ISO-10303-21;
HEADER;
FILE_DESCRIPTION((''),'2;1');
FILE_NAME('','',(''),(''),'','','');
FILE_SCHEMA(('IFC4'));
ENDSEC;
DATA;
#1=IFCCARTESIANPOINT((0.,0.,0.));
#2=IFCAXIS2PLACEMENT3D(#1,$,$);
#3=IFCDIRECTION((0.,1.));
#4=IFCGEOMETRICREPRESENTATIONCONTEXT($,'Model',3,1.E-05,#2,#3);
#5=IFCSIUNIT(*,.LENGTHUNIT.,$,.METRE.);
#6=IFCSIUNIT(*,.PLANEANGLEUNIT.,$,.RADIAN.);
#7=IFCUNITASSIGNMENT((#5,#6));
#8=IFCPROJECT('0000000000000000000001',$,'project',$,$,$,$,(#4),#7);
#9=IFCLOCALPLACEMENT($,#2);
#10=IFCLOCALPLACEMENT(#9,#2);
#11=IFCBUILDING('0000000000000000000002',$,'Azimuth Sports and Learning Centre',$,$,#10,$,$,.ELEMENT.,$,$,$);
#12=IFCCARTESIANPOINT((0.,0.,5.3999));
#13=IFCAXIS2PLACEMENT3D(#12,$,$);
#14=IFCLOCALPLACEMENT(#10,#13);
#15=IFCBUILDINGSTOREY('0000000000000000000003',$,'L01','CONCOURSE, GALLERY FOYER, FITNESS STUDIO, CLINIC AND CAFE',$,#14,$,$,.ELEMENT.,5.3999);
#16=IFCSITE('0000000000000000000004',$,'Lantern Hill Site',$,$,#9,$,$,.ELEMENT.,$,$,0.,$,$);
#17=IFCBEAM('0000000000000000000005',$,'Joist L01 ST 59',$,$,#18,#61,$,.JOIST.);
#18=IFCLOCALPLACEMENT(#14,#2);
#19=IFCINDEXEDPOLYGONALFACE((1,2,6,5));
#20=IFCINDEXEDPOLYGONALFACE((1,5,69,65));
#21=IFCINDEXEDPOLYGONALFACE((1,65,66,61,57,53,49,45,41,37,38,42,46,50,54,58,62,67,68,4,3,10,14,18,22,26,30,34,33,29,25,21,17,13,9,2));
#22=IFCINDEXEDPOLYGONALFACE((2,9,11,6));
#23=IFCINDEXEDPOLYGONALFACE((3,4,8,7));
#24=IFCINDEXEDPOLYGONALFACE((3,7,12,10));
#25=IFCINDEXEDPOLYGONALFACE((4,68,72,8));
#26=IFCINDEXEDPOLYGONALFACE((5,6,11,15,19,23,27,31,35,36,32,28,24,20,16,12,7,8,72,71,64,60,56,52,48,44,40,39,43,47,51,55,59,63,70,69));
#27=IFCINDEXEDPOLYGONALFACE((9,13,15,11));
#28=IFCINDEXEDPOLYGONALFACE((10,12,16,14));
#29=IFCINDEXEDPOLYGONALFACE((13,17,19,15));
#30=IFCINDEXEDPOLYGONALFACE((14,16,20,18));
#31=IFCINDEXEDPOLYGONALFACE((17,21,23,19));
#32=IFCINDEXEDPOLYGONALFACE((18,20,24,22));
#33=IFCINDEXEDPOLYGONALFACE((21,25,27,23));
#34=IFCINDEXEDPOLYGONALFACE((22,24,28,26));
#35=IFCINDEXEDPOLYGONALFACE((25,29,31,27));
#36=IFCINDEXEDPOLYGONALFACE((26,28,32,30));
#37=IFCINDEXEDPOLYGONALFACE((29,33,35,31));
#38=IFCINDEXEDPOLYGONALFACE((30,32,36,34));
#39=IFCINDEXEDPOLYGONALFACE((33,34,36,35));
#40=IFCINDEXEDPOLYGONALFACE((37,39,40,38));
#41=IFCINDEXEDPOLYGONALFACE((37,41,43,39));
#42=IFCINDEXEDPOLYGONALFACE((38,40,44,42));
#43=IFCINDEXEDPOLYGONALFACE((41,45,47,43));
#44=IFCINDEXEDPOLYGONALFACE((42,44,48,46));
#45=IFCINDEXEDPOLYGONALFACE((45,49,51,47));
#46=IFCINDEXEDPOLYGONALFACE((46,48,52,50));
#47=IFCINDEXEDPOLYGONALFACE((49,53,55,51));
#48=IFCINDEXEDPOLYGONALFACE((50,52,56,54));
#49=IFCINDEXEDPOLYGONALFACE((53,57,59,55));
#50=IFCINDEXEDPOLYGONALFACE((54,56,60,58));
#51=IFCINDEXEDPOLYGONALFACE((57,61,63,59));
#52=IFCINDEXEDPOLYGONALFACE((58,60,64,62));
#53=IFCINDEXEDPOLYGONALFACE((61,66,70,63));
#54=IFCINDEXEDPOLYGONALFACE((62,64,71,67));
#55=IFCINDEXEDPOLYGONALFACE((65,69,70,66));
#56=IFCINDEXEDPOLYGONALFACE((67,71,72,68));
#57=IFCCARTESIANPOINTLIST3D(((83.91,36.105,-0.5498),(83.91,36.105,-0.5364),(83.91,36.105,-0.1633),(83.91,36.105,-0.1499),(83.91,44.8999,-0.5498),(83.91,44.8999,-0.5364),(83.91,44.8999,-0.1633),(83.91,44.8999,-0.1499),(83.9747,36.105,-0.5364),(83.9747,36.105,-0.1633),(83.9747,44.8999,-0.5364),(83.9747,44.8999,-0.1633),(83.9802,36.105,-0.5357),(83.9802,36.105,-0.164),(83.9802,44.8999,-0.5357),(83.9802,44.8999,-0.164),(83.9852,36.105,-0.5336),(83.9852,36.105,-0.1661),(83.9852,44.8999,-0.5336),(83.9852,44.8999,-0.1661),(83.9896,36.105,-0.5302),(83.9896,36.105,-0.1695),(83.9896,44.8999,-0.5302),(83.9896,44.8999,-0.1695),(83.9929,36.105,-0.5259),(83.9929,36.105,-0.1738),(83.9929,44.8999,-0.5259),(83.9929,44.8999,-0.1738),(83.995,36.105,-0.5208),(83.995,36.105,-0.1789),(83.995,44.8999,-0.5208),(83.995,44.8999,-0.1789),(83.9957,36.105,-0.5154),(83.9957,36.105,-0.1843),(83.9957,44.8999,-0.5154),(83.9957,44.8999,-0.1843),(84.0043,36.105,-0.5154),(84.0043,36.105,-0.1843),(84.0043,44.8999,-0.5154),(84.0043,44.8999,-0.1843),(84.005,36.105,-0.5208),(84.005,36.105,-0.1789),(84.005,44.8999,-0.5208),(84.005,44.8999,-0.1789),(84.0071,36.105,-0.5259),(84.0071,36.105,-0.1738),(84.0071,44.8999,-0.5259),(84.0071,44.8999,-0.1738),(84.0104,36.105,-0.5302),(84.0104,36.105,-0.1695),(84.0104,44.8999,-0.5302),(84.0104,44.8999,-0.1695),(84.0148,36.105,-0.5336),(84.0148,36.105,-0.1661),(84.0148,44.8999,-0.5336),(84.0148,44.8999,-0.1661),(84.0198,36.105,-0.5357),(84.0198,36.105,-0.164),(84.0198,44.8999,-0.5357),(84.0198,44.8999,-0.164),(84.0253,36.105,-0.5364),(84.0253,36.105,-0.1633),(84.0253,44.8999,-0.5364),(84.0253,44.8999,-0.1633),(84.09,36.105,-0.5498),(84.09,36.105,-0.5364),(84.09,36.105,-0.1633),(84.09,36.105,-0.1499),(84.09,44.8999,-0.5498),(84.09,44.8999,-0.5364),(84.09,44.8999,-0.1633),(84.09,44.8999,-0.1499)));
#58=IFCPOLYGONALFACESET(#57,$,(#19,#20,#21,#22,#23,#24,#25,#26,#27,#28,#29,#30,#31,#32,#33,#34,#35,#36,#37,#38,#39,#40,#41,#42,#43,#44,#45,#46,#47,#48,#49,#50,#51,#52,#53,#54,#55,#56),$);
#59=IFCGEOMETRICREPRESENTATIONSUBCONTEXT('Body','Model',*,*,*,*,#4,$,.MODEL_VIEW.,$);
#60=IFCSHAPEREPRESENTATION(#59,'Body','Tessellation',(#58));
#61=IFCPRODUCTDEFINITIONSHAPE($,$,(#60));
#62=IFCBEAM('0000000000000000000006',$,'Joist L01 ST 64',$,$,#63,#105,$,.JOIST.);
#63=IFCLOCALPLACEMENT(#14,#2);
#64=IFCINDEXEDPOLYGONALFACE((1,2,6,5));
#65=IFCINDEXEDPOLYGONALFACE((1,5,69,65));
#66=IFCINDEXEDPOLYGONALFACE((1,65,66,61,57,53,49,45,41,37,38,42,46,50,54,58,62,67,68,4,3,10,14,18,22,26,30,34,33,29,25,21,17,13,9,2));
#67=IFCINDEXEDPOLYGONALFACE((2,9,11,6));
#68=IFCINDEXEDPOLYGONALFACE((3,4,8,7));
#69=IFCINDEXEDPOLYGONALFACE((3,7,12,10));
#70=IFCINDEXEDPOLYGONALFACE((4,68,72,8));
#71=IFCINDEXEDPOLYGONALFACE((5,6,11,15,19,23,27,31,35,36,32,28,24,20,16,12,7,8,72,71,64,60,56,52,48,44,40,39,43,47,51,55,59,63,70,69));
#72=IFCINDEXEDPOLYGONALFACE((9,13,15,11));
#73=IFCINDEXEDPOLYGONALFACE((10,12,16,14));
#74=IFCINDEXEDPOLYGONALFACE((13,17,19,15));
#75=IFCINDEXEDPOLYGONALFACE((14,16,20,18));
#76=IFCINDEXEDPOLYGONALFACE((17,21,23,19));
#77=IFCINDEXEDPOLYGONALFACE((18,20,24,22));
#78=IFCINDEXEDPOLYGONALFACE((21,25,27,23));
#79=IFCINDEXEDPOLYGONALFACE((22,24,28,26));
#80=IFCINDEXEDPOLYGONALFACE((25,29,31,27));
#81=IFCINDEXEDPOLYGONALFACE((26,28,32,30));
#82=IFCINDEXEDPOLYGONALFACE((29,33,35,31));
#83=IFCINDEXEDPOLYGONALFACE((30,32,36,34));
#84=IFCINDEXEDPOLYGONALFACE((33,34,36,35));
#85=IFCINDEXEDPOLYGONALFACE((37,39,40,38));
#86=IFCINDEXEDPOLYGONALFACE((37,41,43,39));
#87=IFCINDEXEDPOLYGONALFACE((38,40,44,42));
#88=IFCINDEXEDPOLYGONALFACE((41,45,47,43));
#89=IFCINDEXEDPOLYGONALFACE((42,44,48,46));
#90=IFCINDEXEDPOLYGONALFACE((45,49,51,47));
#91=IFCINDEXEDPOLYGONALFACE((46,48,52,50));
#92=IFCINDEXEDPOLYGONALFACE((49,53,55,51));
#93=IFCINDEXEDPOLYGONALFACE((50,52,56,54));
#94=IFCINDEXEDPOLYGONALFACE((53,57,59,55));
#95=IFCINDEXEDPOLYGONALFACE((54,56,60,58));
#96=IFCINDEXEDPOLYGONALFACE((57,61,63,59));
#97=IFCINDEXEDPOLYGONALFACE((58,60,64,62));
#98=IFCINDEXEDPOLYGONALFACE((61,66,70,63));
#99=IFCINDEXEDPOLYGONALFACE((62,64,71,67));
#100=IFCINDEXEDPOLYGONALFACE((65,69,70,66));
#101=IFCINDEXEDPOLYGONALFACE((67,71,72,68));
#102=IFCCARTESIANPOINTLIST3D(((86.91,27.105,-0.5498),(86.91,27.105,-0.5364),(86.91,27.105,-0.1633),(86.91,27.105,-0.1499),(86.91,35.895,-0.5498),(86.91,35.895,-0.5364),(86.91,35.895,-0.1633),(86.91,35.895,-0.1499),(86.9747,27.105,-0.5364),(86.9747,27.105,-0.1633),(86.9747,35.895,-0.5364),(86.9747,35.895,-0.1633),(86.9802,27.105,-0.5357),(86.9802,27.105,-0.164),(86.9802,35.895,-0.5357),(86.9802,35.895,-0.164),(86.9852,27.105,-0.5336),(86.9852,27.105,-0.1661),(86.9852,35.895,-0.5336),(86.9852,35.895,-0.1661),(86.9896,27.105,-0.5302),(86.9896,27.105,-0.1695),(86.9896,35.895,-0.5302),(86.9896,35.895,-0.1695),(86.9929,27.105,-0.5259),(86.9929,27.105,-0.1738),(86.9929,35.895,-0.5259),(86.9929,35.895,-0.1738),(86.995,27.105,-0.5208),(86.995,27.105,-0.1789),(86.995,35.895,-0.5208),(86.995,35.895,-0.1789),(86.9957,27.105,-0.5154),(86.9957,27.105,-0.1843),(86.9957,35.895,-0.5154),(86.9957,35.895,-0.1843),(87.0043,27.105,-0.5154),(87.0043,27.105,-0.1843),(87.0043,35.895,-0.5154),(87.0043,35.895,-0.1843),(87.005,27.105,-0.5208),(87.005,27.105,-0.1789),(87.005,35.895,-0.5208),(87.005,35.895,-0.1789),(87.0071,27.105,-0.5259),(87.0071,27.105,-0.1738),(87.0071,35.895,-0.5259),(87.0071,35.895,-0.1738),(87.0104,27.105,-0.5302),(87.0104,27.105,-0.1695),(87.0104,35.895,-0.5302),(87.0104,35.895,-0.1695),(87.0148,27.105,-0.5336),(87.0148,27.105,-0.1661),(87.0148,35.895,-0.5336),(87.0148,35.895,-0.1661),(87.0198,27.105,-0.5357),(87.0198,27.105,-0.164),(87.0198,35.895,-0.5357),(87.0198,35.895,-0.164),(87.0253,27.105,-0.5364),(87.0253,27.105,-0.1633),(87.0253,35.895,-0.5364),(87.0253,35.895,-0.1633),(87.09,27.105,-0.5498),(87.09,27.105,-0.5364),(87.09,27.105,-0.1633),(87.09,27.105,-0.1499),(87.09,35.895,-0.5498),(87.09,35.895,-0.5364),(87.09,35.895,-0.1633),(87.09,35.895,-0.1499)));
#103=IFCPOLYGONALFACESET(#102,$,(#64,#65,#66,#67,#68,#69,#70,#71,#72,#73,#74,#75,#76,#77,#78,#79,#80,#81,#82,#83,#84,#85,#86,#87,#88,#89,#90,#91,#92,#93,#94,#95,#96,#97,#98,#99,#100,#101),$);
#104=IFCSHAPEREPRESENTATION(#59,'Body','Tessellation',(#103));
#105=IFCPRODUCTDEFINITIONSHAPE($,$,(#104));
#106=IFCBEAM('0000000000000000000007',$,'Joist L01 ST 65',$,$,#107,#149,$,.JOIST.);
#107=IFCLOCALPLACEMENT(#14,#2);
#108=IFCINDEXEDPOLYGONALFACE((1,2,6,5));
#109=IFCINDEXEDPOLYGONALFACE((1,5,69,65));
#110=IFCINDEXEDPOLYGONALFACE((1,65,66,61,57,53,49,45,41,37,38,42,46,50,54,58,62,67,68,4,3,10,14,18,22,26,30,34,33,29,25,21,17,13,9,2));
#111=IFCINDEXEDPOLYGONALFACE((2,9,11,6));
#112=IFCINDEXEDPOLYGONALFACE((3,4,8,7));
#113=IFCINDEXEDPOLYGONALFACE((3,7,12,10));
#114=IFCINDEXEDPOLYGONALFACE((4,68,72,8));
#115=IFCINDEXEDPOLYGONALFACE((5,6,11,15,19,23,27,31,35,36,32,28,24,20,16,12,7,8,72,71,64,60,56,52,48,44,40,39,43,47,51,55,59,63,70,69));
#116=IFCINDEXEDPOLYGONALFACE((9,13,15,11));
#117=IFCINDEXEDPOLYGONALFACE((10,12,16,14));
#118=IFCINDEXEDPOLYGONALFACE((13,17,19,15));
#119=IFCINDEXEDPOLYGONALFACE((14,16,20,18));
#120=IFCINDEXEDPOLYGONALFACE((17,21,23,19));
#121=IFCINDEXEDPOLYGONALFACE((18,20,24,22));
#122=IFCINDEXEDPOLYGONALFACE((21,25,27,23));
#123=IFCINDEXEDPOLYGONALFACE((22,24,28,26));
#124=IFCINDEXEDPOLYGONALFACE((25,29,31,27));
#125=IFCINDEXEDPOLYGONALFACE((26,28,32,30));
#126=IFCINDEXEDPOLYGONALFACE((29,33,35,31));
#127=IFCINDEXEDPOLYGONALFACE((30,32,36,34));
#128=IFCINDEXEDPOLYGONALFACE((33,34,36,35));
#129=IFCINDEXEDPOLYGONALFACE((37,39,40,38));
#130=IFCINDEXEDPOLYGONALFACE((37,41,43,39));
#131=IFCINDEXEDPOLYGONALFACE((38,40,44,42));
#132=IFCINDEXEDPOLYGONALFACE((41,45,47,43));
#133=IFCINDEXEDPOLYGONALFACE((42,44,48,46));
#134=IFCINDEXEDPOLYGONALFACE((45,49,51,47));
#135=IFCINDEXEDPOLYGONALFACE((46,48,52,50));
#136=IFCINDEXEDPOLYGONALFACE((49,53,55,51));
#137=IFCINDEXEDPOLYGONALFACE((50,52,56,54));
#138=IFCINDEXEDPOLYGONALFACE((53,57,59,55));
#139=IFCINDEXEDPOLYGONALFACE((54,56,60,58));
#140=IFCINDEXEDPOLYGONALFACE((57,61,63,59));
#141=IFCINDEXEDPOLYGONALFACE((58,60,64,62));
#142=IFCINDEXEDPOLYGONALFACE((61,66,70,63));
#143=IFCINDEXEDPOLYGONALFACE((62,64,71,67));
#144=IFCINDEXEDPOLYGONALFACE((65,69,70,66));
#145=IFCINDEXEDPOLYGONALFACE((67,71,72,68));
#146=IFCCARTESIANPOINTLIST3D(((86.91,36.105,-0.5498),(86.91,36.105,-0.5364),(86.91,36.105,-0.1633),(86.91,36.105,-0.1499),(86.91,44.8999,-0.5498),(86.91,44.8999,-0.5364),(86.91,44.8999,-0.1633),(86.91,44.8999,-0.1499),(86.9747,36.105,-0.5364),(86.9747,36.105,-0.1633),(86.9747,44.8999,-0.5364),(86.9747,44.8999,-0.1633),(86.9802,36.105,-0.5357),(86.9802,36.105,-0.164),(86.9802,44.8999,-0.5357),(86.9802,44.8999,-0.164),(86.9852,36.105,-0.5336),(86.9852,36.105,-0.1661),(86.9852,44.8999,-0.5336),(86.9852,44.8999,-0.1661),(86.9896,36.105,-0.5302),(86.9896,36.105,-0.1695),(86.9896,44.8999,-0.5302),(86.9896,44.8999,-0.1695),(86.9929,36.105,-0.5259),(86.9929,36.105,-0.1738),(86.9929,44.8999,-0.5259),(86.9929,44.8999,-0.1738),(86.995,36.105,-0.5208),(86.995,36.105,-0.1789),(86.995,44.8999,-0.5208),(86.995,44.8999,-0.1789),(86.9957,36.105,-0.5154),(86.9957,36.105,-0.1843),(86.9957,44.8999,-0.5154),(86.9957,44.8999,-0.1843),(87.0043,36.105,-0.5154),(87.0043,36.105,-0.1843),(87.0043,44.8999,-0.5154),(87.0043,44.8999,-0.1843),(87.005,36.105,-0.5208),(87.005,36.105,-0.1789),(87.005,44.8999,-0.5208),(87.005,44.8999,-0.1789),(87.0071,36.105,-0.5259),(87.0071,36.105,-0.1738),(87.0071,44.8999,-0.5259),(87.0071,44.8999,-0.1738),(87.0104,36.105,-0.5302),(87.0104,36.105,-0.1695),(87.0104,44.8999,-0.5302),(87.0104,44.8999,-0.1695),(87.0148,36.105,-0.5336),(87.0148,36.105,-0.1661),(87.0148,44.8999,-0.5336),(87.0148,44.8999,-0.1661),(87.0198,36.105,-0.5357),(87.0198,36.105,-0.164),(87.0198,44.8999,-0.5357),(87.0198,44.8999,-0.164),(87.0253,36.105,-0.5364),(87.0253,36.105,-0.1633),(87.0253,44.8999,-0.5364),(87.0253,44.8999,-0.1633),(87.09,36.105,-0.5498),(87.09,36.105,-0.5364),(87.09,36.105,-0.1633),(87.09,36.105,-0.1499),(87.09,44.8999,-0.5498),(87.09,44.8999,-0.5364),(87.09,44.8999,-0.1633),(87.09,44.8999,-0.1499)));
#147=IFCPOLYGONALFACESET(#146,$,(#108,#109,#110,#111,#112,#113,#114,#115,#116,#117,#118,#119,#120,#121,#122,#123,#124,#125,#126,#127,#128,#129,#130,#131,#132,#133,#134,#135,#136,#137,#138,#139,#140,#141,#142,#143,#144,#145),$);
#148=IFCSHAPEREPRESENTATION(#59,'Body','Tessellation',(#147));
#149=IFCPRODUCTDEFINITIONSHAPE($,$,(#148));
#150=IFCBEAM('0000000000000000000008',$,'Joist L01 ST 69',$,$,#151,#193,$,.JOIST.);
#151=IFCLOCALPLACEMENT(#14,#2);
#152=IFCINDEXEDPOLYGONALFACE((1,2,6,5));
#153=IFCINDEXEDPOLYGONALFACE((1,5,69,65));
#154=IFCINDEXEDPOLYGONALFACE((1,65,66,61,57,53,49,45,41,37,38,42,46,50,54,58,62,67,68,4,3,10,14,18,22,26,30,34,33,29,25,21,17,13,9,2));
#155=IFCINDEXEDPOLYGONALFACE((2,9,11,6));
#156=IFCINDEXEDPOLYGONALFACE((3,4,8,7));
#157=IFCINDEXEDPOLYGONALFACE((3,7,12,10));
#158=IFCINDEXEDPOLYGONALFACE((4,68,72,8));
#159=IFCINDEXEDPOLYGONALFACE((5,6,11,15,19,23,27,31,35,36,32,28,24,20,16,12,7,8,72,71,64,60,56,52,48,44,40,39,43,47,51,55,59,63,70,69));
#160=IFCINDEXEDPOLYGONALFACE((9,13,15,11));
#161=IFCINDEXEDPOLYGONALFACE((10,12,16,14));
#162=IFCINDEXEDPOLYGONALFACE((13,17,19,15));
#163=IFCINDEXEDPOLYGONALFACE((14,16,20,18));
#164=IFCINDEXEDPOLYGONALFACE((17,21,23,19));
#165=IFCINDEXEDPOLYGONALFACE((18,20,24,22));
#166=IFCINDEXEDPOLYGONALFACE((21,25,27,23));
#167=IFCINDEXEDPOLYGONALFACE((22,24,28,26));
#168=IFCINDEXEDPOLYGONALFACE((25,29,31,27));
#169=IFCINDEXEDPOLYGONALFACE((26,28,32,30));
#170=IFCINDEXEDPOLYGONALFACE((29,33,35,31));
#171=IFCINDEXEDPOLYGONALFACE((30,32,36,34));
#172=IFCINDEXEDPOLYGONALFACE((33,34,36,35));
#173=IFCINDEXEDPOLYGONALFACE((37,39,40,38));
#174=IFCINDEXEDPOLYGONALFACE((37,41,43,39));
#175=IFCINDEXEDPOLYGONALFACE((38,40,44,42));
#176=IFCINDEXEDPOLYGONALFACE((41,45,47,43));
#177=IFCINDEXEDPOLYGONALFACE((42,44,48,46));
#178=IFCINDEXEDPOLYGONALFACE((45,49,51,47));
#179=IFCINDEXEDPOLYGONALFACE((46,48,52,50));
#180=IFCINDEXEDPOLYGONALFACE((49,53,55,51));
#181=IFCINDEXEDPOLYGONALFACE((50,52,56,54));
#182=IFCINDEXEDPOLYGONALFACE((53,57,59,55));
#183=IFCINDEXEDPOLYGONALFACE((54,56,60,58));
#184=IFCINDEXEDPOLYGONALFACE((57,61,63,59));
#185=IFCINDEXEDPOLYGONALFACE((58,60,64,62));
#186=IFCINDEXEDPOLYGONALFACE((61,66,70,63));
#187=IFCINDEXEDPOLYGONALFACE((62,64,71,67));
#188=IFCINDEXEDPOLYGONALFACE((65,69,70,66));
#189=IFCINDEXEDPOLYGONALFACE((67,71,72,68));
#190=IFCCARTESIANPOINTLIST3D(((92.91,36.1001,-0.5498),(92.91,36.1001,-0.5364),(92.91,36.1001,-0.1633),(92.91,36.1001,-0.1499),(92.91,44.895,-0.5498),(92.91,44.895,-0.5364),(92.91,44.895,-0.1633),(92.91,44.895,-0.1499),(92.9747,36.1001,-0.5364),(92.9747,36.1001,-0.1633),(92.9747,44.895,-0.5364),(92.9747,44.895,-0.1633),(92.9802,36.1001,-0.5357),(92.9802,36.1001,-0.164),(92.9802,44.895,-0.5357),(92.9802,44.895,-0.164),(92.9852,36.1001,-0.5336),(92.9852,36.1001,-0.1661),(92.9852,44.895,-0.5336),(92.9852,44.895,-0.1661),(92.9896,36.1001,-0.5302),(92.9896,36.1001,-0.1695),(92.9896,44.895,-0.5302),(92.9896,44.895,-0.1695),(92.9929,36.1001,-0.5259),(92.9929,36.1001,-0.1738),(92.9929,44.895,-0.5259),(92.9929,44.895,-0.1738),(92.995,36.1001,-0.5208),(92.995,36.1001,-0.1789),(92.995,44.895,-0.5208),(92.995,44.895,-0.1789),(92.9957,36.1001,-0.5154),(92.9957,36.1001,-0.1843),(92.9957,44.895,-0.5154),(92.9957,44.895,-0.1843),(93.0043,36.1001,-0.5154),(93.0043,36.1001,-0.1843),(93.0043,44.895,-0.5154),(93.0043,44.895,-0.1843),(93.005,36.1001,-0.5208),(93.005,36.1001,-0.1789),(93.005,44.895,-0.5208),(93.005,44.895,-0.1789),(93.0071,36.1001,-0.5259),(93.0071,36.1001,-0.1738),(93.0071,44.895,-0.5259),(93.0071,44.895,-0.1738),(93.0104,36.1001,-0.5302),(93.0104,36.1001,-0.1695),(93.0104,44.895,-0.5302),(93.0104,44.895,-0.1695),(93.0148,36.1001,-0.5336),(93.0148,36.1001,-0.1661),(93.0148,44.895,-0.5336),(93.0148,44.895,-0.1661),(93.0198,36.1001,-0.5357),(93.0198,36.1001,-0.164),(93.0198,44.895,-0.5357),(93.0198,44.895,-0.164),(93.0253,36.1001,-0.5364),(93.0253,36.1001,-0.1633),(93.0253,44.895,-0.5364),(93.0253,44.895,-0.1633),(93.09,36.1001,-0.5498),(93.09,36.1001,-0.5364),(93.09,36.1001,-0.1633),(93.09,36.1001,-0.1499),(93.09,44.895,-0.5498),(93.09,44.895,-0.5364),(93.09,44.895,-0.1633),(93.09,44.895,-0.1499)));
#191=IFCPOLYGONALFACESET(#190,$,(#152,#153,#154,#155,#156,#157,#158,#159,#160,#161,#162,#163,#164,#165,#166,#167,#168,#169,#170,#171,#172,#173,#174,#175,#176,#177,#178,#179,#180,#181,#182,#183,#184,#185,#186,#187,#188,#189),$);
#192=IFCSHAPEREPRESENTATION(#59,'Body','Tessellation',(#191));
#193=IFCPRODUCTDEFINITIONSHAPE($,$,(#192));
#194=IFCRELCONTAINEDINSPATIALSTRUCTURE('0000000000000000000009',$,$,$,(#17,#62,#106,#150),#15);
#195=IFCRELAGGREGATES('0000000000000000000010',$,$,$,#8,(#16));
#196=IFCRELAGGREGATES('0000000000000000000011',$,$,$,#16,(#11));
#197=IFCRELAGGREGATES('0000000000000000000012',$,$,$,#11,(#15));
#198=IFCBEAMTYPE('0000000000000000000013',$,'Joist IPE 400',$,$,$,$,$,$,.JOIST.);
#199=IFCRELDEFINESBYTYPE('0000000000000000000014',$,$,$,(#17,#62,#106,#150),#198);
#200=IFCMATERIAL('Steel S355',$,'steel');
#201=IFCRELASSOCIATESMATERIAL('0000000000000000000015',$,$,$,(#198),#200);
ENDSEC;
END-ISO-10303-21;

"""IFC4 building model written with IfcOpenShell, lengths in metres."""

from ifc_helpers import new_model, si_unit, direction, frame, origin, origin_2d, place, context, subcontext, project, spatial, i_section, extrude, material, material_profile, profile_set, type_object, element, save


model = new_model("IFC4")

# Units and contexts
model_context = context("Model", 3, precision=1e-05, world=origin(), true_north=direction((0.0, 1.0)))
body_context = subcontext(model_context, "Body", "Model", "MODEL_VIEW")
ifc_project = project(units=[si_unit("LENGTHUNIT", "METRE"), si_unit("PLANEANGLEUNIT", "RADIAN")], contexts=[model_context])

# Site, building, storey
site_placement = place(None, origin())
site = spatial("IfcSite", under=ifc_project, at=site_placement, Name="Lantern Hill Site", CompositionType="ELEMENT", RefElevation=0.0)
building_placement = place(site_placement, origin())
building = spatial("IfcBuilding", under=site, at=building_placement, Name="Azimuth Sports and Learning Centre", CompositionType="ELEMENT")
storey_placement = place(building_placement, frame((0.0, 0.0, 5.3999)))
storey = spatial("IfcBuildingStorey", under=building, at=storey_placement, Name="L01", Description="CONCOURSE, GALLERY FOYER, FITNESS STUDIO, CLINIC AND CAFE", CompositionType="ELEMENT", Elevation=5.3999)

# Beams
ifc_material_1 = material(Name="Steel S355", Category="steel")
ifc_material_profile_1 = material_profile(ifc_material_1, i_section(OverallWidth=0.1799, OverallDepth=0.3999, WebThickness=0.0085, FlangeThickness=0.0134, FilletRadius=0.021, at=origin_2d()), Name="IPE 400")
ifc_profile_set_1 = profile_set([ifc_material_profile_1], Name="Steel S355")
beam_type_1 = type_object("IfcBeamType", Name="Joist IPE 400", PredefinedType="JOIST", material=ifc_profile_set_1)
beam_1_placement = place(storey_placement, frame((84.0, 36.105, -0.3499), z_axis=(0.0, 1.0, 0.0), x_axis=(-1.0, 0.0, 0.0)))
element("IfcBeam", 1, at=beam_1_placement, inside=storey, type_object=beam_type_1, Name="Joist L01 ST 59", PredefinedType="JOIST", context=body_context, shape_type="SweptSolid", body=[
    extrude(i_section(OverallWidth=0.1799, OverallDepth=0.3999, WebThickness=0.0085, FlangeThickness=0.0134, FilletRadius=0.021, at=origin_2d()), origin(), (0.0, 0.0, 1.0), 8.7949),
])
beam_2_placement = place(storey_placement, frame((87.0, 27.105, -0.3499), z_axis=(0.0, 1.0, 0.0), x_axis=(-1.0, 0.0, 0.0)))
element("IfcBeam", 2, at=beam_2_placement, inside=storey, type_object=beam_type_1, Name="Joist L01 ST 64", PredefinedType="JOIST", context=body_context, shape_type="SweptSolid", body=[
    extrude(i_section(OverallWidth=0.1799, OverallDepth=0.3999, WebThickness=0.0085, FlangeThickness=0.0134, FilletRadius=0.021, at=origin_2d()), origin(), (0.0, 0.0, 1.0), 8.79),
])
for number, where, z_axis, x_axis, name in (
    (3, (87.0, 36.105, -0.3499), (0.0, 1.0, 0.0), (-1.0, 0.0, 0.0), "Joist L01 ST 65"),
    (4, (93.0, 36.1001, -0.3499), (0.0, 1.0, 0.0), (-1.0, 0.0, 0.0), "Joist L01 ST 69"),
):
    element("IfcBeam", number, at=place(storey_placement, frame(where, z_axis=z_axis, x_axis=x_axis)), inside=storey, type_object=beam_type_1, Name=name, PredefinedType="JOIST", context=body_context, shape_type="SweptSolid", body=[
        extrude(i_section(OverallWidth=0.1799, OverallDepth=0.3999, WebThickness=0.0085, FlangeThickness=0.0134, FilletRadius=0.021, at=origin_2d()), origin(), (0.0, 0.0, 1.0), 8.7949),
    ])

save(model, "model.ifc")
